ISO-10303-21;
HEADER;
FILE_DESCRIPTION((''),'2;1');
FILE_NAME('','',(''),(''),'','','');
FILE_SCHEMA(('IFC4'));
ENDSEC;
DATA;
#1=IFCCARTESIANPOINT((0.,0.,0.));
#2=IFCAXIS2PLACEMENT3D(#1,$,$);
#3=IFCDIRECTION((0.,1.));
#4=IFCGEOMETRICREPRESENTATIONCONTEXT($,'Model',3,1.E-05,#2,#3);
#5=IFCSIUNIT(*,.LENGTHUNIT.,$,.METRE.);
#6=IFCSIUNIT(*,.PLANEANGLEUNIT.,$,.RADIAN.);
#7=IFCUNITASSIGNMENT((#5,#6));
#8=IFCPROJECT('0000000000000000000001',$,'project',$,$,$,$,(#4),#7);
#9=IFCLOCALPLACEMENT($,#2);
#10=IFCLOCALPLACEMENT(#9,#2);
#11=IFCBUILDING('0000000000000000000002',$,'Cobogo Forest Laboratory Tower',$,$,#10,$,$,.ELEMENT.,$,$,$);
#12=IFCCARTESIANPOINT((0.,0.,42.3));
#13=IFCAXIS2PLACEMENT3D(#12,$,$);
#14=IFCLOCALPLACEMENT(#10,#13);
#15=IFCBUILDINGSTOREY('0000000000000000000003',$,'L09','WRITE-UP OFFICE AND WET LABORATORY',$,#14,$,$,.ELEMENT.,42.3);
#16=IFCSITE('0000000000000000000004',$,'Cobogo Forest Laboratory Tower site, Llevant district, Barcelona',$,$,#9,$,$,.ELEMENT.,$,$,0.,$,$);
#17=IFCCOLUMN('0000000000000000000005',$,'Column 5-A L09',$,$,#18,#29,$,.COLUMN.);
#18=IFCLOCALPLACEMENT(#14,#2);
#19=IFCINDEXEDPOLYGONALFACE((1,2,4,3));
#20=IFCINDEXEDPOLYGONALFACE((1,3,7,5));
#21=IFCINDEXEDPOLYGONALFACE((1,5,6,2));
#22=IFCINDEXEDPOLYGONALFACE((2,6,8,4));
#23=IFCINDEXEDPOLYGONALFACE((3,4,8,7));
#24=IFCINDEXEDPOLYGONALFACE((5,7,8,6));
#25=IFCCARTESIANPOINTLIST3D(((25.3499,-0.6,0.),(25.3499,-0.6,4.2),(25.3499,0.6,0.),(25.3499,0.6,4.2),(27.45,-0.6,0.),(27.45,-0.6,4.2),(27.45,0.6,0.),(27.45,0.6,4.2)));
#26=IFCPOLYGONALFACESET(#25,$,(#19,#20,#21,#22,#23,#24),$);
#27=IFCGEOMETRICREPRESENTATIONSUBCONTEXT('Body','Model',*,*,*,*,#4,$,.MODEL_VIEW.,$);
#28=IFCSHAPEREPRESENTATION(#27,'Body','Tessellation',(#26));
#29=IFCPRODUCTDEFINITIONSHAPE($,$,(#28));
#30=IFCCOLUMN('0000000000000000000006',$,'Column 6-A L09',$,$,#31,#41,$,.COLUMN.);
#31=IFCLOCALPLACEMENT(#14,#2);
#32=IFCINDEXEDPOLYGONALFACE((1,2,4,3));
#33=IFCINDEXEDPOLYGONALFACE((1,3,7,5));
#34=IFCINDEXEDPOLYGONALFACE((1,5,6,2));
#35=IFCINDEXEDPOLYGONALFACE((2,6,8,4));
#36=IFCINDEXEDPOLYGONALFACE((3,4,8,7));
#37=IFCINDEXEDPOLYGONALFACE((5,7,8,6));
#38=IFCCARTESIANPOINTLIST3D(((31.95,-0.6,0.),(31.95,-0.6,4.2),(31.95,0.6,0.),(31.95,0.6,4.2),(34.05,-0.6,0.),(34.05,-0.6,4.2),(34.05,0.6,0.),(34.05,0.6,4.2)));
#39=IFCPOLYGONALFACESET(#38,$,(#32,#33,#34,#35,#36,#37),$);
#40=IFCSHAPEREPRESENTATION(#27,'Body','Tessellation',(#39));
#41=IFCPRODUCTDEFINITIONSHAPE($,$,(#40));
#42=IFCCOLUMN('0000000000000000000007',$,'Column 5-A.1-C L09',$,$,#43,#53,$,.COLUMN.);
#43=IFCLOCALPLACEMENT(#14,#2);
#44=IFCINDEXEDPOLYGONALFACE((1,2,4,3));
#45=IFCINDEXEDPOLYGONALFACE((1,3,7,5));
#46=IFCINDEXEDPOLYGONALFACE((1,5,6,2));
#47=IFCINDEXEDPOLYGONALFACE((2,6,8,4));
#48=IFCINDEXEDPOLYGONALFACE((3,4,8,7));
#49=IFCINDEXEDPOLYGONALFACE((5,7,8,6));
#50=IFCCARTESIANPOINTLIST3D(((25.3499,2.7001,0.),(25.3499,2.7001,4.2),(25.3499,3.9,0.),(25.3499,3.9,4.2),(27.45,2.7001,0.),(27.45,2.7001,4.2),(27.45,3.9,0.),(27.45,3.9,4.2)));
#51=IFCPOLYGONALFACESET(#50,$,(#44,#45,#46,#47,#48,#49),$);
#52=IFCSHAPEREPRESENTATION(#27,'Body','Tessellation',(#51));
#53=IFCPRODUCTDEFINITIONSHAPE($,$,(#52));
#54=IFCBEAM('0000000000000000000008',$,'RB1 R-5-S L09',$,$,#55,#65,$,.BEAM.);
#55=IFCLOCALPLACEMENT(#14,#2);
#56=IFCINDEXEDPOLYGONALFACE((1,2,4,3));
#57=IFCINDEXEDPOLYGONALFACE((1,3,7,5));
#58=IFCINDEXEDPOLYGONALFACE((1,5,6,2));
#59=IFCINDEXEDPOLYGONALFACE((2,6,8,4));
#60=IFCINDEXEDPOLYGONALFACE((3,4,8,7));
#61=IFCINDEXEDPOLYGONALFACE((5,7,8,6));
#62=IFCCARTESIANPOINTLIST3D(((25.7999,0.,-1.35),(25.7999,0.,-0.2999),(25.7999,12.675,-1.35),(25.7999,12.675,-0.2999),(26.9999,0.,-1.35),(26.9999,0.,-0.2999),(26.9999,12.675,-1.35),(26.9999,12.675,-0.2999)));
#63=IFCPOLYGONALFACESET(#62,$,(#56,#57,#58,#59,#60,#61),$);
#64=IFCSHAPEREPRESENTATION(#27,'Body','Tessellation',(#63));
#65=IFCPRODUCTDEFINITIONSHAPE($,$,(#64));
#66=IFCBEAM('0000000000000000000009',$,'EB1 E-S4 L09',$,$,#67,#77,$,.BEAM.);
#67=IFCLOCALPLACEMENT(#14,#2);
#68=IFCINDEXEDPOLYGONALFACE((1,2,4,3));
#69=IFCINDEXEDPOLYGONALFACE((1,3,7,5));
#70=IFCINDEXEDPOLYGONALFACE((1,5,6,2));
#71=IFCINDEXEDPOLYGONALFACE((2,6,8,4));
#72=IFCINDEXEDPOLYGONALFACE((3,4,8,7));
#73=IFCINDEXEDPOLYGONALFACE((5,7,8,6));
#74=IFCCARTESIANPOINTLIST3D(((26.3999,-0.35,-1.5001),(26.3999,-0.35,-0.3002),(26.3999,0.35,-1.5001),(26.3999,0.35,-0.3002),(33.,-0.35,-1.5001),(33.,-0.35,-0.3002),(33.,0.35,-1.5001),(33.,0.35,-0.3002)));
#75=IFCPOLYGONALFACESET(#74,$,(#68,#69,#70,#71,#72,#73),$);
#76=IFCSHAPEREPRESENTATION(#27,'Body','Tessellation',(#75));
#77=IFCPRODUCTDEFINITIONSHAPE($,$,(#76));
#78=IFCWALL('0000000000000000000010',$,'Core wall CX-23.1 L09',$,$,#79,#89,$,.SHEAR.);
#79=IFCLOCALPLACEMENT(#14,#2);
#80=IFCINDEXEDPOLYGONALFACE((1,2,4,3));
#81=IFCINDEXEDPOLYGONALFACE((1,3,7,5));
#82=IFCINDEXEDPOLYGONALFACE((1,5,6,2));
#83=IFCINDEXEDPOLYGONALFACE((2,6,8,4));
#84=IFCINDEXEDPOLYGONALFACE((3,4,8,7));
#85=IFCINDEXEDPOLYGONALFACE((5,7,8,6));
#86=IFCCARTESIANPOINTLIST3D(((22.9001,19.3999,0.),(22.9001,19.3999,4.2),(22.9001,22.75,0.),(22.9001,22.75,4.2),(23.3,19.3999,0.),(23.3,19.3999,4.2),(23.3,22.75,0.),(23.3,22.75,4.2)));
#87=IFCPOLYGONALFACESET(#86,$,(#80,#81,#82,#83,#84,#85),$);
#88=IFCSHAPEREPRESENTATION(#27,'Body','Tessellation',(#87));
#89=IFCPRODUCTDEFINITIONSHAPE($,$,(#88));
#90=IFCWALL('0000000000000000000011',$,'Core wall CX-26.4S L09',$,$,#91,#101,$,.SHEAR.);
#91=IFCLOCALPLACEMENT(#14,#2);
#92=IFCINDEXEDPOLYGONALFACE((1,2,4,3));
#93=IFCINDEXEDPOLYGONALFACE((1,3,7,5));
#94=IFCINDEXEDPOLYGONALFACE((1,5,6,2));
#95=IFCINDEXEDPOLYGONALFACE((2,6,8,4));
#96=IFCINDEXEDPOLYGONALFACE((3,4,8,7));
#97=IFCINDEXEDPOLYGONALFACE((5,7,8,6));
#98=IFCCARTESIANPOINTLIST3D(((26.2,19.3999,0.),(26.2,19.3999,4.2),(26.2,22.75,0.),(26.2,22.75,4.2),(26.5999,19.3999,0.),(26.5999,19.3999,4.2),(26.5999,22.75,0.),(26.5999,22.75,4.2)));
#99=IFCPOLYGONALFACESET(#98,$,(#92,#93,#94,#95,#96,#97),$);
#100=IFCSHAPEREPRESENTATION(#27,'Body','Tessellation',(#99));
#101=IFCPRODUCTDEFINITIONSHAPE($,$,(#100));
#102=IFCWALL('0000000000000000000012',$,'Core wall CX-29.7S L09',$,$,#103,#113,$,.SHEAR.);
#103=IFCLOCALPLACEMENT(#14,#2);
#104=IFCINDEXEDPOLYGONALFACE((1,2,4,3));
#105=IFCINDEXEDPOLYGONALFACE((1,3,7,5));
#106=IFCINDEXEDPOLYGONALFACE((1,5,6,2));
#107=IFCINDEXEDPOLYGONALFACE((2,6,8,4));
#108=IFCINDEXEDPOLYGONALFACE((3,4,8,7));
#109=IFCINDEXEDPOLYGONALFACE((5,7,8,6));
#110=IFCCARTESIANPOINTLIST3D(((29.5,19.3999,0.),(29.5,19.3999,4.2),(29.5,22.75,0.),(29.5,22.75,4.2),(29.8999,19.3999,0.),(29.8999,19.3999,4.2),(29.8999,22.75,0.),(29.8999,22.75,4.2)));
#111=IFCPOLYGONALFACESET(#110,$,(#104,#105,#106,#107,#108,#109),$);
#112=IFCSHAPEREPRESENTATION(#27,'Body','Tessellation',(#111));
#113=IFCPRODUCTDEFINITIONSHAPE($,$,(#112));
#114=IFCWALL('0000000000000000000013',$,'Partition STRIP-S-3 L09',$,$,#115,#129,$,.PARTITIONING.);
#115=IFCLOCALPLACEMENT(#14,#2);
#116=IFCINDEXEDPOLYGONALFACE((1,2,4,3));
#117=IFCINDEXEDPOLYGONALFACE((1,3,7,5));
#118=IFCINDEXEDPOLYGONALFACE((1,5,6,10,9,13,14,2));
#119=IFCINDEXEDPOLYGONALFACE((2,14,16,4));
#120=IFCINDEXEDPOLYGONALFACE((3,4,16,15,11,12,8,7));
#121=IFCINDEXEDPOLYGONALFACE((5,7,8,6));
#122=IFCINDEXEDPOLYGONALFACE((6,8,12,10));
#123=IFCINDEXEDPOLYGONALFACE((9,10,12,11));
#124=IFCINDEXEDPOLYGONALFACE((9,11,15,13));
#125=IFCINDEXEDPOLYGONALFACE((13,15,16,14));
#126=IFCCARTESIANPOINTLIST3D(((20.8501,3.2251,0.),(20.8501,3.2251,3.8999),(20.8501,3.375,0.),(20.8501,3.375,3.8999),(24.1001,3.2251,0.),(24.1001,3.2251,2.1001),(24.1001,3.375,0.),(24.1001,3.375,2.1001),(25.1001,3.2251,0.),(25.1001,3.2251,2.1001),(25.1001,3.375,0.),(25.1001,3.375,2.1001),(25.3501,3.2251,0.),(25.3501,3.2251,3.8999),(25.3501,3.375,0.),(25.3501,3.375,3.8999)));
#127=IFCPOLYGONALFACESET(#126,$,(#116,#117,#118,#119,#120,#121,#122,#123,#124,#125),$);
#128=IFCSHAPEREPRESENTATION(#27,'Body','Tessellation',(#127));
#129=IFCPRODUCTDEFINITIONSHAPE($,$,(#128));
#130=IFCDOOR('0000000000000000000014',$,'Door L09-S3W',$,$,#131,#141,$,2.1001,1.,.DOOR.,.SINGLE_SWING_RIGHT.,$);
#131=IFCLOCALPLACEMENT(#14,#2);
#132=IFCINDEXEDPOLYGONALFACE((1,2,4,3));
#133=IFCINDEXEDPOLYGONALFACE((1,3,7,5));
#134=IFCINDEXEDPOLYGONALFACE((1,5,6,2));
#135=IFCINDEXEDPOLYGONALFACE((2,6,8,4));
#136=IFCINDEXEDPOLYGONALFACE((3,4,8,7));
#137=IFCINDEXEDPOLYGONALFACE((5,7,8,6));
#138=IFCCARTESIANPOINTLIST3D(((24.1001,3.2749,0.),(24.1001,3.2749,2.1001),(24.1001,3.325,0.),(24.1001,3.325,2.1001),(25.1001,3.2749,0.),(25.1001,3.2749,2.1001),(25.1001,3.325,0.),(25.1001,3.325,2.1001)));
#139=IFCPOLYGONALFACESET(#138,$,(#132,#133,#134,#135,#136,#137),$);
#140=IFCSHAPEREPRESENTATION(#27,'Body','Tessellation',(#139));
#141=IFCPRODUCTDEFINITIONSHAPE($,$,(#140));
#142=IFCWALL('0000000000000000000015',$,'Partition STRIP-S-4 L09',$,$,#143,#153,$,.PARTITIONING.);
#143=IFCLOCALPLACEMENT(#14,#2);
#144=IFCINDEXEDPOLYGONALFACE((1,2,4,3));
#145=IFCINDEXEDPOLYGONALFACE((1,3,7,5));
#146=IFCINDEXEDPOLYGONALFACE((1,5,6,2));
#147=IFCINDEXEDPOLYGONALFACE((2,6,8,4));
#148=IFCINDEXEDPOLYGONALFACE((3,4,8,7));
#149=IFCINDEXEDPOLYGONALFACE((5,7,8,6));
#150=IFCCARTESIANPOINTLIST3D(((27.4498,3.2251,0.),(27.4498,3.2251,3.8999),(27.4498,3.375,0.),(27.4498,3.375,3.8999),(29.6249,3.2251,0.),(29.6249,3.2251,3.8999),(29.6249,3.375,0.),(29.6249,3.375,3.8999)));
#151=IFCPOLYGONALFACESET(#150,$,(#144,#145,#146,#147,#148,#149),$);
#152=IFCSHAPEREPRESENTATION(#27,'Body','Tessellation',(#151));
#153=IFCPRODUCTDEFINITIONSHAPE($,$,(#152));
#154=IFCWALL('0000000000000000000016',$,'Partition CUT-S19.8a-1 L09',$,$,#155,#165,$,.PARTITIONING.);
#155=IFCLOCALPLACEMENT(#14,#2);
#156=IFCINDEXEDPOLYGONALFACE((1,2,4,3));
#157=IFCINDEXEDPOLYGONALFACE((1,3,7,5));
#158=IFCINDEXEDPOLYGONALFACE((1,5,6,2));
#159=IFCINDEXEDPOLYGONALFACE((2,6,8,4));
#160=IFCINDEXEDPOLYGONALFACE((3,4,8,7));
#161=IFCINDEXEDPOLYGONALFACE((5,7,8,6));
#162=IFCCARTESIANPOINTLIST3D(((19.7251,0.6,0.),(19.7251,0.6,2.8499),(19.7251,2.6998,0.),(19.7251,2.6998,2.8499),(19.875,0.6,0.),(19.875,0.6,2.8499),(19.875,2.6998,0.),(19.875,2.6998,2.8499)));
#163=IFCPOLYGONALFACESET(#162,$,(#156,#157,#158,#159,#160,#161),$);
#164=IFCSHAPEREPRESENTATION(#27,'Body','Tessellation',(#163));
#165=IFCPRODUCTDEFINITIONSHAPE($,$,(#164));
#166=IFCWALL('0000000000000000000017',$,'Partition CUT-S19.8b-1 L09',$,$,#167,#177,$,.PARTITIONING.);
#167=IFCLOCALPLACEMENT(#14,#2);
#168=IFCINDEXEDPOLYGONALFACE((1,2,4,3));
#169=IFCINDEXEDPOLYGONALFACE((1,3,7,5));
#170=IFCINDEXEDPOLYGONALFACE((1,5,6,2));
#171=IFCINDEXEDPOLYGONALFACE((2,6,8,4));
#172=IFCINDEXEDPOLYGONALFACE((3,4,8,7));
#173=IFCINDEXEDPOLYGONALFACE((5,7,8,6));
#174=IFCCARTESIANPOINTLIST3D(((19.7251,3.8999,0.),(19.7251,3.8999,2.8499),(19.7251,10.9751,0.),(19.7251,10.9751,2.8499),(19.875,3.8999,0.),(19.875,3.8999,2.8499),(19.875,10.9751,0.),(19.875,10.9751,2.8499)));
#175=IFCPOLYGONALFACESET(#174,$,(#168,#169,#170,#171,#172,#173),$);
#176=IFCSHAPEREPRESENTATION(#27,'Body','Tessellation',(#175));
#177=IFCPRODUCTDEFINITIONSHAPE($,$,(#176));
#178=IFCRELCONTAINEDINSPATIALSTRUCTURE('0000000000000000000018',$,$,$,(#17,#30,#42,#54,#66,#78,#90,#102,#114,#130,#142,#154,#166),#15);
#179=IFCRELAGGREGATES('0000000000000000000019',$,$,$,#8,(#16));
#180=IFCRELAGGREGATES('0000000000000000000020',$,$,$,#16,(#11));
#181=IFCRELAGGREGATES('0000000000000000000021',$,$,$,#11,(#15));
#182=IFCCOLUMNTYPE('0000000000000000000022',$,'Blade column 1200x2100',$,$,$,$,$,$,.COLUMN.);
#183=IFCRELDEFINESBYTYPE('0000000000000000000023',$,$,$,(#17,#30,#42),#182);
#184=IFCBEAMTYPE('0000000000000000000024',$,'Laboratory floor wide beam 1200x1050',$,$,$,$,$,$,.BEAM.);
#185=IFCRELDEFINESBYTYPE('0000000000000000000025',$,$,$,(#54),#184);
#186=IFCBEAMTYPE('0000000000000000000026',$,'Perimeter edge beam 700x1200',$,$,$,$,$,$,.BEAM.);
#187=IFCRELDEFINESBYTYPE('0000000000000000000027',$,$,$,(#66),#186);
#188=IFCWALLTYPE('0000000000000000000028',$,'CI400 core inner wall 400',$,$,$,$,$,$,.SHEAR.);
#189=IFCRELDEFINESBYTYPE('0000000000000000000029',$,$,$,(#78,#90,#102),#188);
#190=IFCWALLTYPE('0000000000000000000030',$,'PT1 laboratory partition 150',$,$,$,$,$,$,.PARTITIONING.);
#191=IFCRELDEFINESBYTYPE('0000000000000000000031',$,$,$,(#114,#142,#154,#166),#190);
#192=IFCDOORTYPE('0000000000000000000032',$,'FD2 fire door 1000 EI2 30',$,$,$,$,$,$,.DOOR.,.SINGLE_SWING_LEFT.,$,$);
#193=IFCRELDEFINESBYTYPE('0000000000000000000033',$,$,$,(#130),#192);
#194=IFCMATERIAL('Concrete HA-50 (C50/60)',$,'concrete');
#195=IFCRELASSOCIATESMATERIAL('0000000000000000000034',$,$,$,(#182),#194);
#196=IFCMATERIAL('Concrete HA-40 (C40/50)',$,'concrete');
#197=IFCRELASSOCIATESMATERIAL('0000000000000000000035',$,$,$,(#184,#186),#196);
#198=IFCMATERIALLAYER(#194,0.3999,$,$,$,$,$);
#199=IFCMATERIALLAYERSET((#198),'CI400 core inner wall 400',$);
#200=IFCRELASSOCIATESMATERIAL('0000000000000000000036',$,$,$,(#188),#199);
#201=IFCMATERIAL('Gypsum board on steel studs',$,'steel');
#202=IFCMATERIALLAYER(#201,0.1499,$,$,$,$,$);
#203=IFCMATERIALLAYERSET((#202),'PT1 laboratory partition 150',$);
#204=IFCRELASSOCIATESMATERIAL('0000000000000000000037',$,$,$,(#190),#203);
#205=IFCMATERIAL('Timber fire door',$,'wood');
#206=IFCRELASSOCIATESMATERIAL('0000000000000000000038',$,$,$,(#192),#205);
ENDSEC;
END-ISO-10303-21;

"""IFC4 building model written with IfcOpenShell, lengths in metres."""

from ifc_helpers import new_model, si_unit, direction, frame, frame_2d, origin, origin_2d, place, context, subcontext, project, spatial, rectangle, extrude, material, layer, layer_set, material_profile, profile_set, type_object, element, fill, save


model = new_model("IFC4")

# Units and contexts
model_context = context("Model", 3, precision=1e-05, world=origin(), true_north=direction((0.0, 1.0)))
body_context = subcontext(model_context, "Body", "Model", "MODEL_VIEW")
ifc_project = project(units=[si_unit("LENGTHUNIT", "METRE"), si_unit("PLANEANGLEUNIT", "RADIAN")], contexts=[model_context])

# Site, building, storey
site_placement = place(None, origin())
site = spatial("IfcSite", under=ifc_project, at=site_placement, Name="Cobogo Forest Laboratory Tower site, Llevant district, Barcelona", CompositionType="ELEMENT", RefElevation=0.0)
building_placement = place(site_placement, origin())
building = spatial("IfcBuilding", under=site, at=building_placement, Name="Cobogo Forest Laboratory Tower", CompositionType="ELEMENT")
storey_placement = place(building_placement, frame((0.0, 0.0, 42.3)))
storey = spatial("IfcBuildingStorey", under=building, at=storey_placement, Name="L09", Description="WRITE-UP OFFICE AND WET LABORATORY", CompositionType="ELEMENT", Elevation=42.3)

# Columns
ifc_material_1 = material(Name="Concrete HA-50 (C50/60)", Category="concrete")
ifc_material_profile_1 = material_profile(ifc_material_1, rectangle(XDim=2.1001, YDim=1.2, at=origin_2d()), Name="RC 1200x2100")
ifc_profile_set_1 = profile_set([ifc_material_profile_1], Name="Concrete HA-50 (C50/60)")
column_type = type_object("IfcColumnType", Name="Blade column 1200x2100", PredefinedType="COLUMN", material=ifc_profile_set_1)
for number, where, z_axis, x_axis, name in (
    (1, (26.3999, 0.0, 0.0), (0.0, 0.0, 1.0), (1.0, 0.0, 0.0), "Column 5-A L09"),
    (2, (33.0, 0.0, 0.0), (0.0, 0.0, 1.0), (1.0, 0.0, 0.0), "Column 6-A L09"),
    (3, (26.3999, 3.3, 0.0), (0.0, 0.0, 1.0), (1.0, 0.0, 0.0), "Column 5-A.1-C L09"),
):
    element("IfcColumn", number, at=place(storey_placement, frame(where, z_axis=z_axis, x_axis=x_axis)), inside=storey, type_object=column_type, Name=name, PredefinedType="COLUMN", context=body_context, shape_type="SweptSolid", body=[
        extrude(rectangle(XDim=2.1001, YDim=1.2, at=origin_2d()), origin(), (0.0, 0.0, 1.0), 4.2),
    ])

# Beams
ifc_material_2 = material(Name="Concrete HA-40 (C40/50)", Category="concrete")
ifc_material_profile_2 = material_profile(ifc_material_2, rectangle(XDim=1.2, YDim=1.05, at=origin_2d()), Name="RC 1200x1050")
ifc_profile_set_2 = profile_set([ifc_material_profile_2], Name="Concrete HA-40 (C40/50)")
beam_type_1 = type_object("IfcBeamType", Name="Laboratory floor wide beam 1200x1050", PredefinedType="BEAM", material=ifc_profile_set_2)
beam_1_placement = place(storey_placement, frame((26.3999, 12.675, -0.825), z_axis=(0.0, -1.0, 0.0), x_axis=(1.0, 0.0, 0.0)))
element("IfcBeam", 4, at=beam_1_placement, inside=storey, type_object=beam_type_1, Name="RB1 R-5-S L09", PredefinedType="BEAM", context=body_context, shape_type="SweptSolid", body=[
    extrude(rectangle(XDim=1.2, YDim=1.05, at=origin_2d()), origin(), (0.0, 0.0, 1.0), 12.675),
])
ifc_material_profile_3 = material_profile(ifc_material_2, rectangle(XDim=0.7, YDim=1.2, at=origin_2d()), Name="RC 700x1200")
ifc_profile_set_3 = profile_set([ifc_material_profile_3], Name="Concrete HA-40 (C40/50)")
beam_type_2 = type_object("IfcBeamType", Name="Perimeter edge beam 700x1200", PredefinedType="BEAM", material=ifc_profile_set_3)
beam_2_placement = place(storey_placement, frame((26.3999, 0.0, -0.9001), z_axis=(1.0, 0.0, 0.0), x_axis=(0.0, 1.0, 0.0)))
element("IfcBeam", 5, at=beam_2_placement, inside=storey, type_object=beam_type_2, Name="EB1 E-S4 L09", PredefinedType="BEAM", context=body_context, shape_type="SweptSolid", body=[
    extrude(rectangle(XDim=0.7, YDim=1.2, at=origin_2d()), origin(), (0.0, 0.0, 1.0), 6.6001),
])

# Walls
ifc_layer_1 = layer(ifc_material_1, 0.3999)
ifc_layer_set_1 = layer_set([ifc_layer_1], Name="CI400 core inner wall 400")
wall_type_1 = type_object("IfcWallType", Name="CI400 core inner wall 400", PredefinedType="SHEAR", material=ifc_layer_set_1)
for number, where, z_axis, x_axis, name in (
    (6, (23.1001, 19.3999, 0.0), (0.0, 0.0, 1.0), (0.0, 1.0, 0.0), "Core wall CX-23.1 L09"),
    (7, (26.3999, 19.3999, 0.0), (0.0, 0.0, 1.0), (0.0, 1.0, 0.0), "Core wall CX-26.4S L09"),
    (8, (29.7, 19.3999, 0.0), (0.0, 0.0, 1.0), (0.0, 1.0, 0.0), "Core wall CX-29.7S L09"),
):
    element("IfcWall", number, at=place(storey_placement, frame(where, z_axis=z_axis, x_axis=x_axis)), inside=storey, type_object=wall_type_1, Name=name, PredefinedType="SHEAR", context=body_context, shape_type="SweptSolid", body=[
        extrude(rectangle(XDim=3.3501, YDim=0.3999, at=frame_2d((1.675, 0.0))), origin(), (0.0, 0.0, 1.0), 4.2),
    ])

# Wall, opening, door
ifc_material_3 = material(Name="Gypsum board on steel studs", Category="steel")
ifc_layer_2 = layer(ifc_material_3, 0.1499)
ifc_layer_set_2 = layer_set([ifc_layer_2], Name="PT1 laboratory partition 150")
wall_type_2 = type_object("IfcWallType", Name="PT1 laboratory partition 150", PredefinedType="PARTITIONING", material=ifc_layer_set_2)
wall_1_placement = place(storey_placement, frame((20.8501, 3.3, 0.0), z_axis=(0.0, 0.0, 1.0), x_axis=(1.0, 0.0, 0.0)))
wall_1 = element("IfcWall", 9, at=wall_1_placement, inside=storey, type_object=wall_type_2, Name="Partition STRIP-S-3 L09", PredefinedType="PARTITIONING", context=body_context, shape_type="SweptSolid", body=[
    extrude(rectangle(XDim=4.5, YDim=0.1499, at=frame_2d((2.25, 0.0))), origin(), (0.0, 0.0, 1.0), 3.8999),
])
opening_1_placement = place(wall_1_placement, frame((3.25, 0.0, 0.0)))
opening_1 = element("IfcOpeningElement", 10, at=opening_1_placement, cuts=wall_1, PredefinedType="OPENING", context=body_context, shape_type="SweptSolid", body=[
    extrude(rectangle(XDim=1.0, YDim=2.1001, at=frame_2d((0.5, 1.05))), frame((0.0, 0.085, 0.0), z_axis=(0.0, -1.0, 0.0), x_axis=(1.0, 0.0, 0.0)), (0.0, 0.0, 1.0), 0.1699),
])
ifc_material_4 = material(Name="Timber fire door", Category="wood")
door_type_1 = type_object("IfcDoorType", Name="FD2 fire door 1000 EI2 30", OperationType="SINGLE_SWING_LEFT", PredefinedType="DOOR", material=ifc_material_4)
door_1_placement = place(opening_1_placement, origin())
door_1 = element("IfcDoor", 11, at=door_1_placement, inside=storey, type_object=door_type_1, Name="Door L09-S3W", OperationType="SINGLE_SWING_RIGHT", OverallHeight=2.1001, OverallWidth=1.0, PredefinedType="DOOR", context=body_context, shape_type="SweptSolid", body=[
    extrude(rectangle(XDim=1.0, YDim=2.1001, at=frame_2d((0.5, 1.05))), frame((0.0, 0.0249, 0.0), z_axis=(0.0, -1.0, 0.0), x_axis=(1.0, 0.0, 0.0)), (0.0, 0.0, 1.0), 0.05),
])
fill(opening_1, door_1)

# Walls
wall_2_placement = place(storey_placement, frame((27.45, 3.3, 0.0), z_axis=(0.0, 0.0, 1.0), x_axis=(1.0, 0.0, 0.0)))
element("IfcWall", 12, at=wall_2_placement, inside=storey, type_object=wall_type_2, Name="Partition STRIP-S-4 L09", PredefinedType="PARTITIONING", context=body_context, shape_type="SweptSolid", body=[
    extrude(rectangle(XDim=2.175, YDim=0.1499, at=frame_2d((1.0874, 0.0))), origin(), (0.0, 0.0, 1.0), 3.8999),
])
wall_3_placement = place(storey_placement, frame((19.8, 0.6001, 0.0), z_axis=(0.0, 0.0, 1.0), x_axis=(0.0, 1.0, 0.0)))
element("IfcWall", 13, at=wall_3_placement, inside=storey, type_object=wall_type_2, Name="Partition CUT-S19.8a-1 L09", PredefinedType="PARTITIONING", context=body_context, shape_type="SweptSolid", body=[
    extrude(rectangle(XDim=2.0999, YDim=0.1499, at=frame_2d((1.0498, 0.0))), origin(), (0.0, 0.0, 1.0), 2.8499),
])
wall_4_placement = place(storey_placement, frame((19.8, 3.8999, 0.0), z_axis=(0.0, 0.0, 1.0), x_axis=(0.0, 1.0, 0.0)))
element("IfcWall", 14, at=wall_4_placement, inside=storey, type_object=wall_type_2, Name="Partition CUT-S19.8b-1 L09", PredefinedType="PARTITIONING", context=body_context, shape_type="SweptSolid", body=[
    extrude(rectangle(XDim=7.0752, YDim=0.1499, at=frame_2d((3.5376, 0.0))), origin(), (0.0, 0.0, 1.0), 2.8499),
])

save(model, "model.ifc")
